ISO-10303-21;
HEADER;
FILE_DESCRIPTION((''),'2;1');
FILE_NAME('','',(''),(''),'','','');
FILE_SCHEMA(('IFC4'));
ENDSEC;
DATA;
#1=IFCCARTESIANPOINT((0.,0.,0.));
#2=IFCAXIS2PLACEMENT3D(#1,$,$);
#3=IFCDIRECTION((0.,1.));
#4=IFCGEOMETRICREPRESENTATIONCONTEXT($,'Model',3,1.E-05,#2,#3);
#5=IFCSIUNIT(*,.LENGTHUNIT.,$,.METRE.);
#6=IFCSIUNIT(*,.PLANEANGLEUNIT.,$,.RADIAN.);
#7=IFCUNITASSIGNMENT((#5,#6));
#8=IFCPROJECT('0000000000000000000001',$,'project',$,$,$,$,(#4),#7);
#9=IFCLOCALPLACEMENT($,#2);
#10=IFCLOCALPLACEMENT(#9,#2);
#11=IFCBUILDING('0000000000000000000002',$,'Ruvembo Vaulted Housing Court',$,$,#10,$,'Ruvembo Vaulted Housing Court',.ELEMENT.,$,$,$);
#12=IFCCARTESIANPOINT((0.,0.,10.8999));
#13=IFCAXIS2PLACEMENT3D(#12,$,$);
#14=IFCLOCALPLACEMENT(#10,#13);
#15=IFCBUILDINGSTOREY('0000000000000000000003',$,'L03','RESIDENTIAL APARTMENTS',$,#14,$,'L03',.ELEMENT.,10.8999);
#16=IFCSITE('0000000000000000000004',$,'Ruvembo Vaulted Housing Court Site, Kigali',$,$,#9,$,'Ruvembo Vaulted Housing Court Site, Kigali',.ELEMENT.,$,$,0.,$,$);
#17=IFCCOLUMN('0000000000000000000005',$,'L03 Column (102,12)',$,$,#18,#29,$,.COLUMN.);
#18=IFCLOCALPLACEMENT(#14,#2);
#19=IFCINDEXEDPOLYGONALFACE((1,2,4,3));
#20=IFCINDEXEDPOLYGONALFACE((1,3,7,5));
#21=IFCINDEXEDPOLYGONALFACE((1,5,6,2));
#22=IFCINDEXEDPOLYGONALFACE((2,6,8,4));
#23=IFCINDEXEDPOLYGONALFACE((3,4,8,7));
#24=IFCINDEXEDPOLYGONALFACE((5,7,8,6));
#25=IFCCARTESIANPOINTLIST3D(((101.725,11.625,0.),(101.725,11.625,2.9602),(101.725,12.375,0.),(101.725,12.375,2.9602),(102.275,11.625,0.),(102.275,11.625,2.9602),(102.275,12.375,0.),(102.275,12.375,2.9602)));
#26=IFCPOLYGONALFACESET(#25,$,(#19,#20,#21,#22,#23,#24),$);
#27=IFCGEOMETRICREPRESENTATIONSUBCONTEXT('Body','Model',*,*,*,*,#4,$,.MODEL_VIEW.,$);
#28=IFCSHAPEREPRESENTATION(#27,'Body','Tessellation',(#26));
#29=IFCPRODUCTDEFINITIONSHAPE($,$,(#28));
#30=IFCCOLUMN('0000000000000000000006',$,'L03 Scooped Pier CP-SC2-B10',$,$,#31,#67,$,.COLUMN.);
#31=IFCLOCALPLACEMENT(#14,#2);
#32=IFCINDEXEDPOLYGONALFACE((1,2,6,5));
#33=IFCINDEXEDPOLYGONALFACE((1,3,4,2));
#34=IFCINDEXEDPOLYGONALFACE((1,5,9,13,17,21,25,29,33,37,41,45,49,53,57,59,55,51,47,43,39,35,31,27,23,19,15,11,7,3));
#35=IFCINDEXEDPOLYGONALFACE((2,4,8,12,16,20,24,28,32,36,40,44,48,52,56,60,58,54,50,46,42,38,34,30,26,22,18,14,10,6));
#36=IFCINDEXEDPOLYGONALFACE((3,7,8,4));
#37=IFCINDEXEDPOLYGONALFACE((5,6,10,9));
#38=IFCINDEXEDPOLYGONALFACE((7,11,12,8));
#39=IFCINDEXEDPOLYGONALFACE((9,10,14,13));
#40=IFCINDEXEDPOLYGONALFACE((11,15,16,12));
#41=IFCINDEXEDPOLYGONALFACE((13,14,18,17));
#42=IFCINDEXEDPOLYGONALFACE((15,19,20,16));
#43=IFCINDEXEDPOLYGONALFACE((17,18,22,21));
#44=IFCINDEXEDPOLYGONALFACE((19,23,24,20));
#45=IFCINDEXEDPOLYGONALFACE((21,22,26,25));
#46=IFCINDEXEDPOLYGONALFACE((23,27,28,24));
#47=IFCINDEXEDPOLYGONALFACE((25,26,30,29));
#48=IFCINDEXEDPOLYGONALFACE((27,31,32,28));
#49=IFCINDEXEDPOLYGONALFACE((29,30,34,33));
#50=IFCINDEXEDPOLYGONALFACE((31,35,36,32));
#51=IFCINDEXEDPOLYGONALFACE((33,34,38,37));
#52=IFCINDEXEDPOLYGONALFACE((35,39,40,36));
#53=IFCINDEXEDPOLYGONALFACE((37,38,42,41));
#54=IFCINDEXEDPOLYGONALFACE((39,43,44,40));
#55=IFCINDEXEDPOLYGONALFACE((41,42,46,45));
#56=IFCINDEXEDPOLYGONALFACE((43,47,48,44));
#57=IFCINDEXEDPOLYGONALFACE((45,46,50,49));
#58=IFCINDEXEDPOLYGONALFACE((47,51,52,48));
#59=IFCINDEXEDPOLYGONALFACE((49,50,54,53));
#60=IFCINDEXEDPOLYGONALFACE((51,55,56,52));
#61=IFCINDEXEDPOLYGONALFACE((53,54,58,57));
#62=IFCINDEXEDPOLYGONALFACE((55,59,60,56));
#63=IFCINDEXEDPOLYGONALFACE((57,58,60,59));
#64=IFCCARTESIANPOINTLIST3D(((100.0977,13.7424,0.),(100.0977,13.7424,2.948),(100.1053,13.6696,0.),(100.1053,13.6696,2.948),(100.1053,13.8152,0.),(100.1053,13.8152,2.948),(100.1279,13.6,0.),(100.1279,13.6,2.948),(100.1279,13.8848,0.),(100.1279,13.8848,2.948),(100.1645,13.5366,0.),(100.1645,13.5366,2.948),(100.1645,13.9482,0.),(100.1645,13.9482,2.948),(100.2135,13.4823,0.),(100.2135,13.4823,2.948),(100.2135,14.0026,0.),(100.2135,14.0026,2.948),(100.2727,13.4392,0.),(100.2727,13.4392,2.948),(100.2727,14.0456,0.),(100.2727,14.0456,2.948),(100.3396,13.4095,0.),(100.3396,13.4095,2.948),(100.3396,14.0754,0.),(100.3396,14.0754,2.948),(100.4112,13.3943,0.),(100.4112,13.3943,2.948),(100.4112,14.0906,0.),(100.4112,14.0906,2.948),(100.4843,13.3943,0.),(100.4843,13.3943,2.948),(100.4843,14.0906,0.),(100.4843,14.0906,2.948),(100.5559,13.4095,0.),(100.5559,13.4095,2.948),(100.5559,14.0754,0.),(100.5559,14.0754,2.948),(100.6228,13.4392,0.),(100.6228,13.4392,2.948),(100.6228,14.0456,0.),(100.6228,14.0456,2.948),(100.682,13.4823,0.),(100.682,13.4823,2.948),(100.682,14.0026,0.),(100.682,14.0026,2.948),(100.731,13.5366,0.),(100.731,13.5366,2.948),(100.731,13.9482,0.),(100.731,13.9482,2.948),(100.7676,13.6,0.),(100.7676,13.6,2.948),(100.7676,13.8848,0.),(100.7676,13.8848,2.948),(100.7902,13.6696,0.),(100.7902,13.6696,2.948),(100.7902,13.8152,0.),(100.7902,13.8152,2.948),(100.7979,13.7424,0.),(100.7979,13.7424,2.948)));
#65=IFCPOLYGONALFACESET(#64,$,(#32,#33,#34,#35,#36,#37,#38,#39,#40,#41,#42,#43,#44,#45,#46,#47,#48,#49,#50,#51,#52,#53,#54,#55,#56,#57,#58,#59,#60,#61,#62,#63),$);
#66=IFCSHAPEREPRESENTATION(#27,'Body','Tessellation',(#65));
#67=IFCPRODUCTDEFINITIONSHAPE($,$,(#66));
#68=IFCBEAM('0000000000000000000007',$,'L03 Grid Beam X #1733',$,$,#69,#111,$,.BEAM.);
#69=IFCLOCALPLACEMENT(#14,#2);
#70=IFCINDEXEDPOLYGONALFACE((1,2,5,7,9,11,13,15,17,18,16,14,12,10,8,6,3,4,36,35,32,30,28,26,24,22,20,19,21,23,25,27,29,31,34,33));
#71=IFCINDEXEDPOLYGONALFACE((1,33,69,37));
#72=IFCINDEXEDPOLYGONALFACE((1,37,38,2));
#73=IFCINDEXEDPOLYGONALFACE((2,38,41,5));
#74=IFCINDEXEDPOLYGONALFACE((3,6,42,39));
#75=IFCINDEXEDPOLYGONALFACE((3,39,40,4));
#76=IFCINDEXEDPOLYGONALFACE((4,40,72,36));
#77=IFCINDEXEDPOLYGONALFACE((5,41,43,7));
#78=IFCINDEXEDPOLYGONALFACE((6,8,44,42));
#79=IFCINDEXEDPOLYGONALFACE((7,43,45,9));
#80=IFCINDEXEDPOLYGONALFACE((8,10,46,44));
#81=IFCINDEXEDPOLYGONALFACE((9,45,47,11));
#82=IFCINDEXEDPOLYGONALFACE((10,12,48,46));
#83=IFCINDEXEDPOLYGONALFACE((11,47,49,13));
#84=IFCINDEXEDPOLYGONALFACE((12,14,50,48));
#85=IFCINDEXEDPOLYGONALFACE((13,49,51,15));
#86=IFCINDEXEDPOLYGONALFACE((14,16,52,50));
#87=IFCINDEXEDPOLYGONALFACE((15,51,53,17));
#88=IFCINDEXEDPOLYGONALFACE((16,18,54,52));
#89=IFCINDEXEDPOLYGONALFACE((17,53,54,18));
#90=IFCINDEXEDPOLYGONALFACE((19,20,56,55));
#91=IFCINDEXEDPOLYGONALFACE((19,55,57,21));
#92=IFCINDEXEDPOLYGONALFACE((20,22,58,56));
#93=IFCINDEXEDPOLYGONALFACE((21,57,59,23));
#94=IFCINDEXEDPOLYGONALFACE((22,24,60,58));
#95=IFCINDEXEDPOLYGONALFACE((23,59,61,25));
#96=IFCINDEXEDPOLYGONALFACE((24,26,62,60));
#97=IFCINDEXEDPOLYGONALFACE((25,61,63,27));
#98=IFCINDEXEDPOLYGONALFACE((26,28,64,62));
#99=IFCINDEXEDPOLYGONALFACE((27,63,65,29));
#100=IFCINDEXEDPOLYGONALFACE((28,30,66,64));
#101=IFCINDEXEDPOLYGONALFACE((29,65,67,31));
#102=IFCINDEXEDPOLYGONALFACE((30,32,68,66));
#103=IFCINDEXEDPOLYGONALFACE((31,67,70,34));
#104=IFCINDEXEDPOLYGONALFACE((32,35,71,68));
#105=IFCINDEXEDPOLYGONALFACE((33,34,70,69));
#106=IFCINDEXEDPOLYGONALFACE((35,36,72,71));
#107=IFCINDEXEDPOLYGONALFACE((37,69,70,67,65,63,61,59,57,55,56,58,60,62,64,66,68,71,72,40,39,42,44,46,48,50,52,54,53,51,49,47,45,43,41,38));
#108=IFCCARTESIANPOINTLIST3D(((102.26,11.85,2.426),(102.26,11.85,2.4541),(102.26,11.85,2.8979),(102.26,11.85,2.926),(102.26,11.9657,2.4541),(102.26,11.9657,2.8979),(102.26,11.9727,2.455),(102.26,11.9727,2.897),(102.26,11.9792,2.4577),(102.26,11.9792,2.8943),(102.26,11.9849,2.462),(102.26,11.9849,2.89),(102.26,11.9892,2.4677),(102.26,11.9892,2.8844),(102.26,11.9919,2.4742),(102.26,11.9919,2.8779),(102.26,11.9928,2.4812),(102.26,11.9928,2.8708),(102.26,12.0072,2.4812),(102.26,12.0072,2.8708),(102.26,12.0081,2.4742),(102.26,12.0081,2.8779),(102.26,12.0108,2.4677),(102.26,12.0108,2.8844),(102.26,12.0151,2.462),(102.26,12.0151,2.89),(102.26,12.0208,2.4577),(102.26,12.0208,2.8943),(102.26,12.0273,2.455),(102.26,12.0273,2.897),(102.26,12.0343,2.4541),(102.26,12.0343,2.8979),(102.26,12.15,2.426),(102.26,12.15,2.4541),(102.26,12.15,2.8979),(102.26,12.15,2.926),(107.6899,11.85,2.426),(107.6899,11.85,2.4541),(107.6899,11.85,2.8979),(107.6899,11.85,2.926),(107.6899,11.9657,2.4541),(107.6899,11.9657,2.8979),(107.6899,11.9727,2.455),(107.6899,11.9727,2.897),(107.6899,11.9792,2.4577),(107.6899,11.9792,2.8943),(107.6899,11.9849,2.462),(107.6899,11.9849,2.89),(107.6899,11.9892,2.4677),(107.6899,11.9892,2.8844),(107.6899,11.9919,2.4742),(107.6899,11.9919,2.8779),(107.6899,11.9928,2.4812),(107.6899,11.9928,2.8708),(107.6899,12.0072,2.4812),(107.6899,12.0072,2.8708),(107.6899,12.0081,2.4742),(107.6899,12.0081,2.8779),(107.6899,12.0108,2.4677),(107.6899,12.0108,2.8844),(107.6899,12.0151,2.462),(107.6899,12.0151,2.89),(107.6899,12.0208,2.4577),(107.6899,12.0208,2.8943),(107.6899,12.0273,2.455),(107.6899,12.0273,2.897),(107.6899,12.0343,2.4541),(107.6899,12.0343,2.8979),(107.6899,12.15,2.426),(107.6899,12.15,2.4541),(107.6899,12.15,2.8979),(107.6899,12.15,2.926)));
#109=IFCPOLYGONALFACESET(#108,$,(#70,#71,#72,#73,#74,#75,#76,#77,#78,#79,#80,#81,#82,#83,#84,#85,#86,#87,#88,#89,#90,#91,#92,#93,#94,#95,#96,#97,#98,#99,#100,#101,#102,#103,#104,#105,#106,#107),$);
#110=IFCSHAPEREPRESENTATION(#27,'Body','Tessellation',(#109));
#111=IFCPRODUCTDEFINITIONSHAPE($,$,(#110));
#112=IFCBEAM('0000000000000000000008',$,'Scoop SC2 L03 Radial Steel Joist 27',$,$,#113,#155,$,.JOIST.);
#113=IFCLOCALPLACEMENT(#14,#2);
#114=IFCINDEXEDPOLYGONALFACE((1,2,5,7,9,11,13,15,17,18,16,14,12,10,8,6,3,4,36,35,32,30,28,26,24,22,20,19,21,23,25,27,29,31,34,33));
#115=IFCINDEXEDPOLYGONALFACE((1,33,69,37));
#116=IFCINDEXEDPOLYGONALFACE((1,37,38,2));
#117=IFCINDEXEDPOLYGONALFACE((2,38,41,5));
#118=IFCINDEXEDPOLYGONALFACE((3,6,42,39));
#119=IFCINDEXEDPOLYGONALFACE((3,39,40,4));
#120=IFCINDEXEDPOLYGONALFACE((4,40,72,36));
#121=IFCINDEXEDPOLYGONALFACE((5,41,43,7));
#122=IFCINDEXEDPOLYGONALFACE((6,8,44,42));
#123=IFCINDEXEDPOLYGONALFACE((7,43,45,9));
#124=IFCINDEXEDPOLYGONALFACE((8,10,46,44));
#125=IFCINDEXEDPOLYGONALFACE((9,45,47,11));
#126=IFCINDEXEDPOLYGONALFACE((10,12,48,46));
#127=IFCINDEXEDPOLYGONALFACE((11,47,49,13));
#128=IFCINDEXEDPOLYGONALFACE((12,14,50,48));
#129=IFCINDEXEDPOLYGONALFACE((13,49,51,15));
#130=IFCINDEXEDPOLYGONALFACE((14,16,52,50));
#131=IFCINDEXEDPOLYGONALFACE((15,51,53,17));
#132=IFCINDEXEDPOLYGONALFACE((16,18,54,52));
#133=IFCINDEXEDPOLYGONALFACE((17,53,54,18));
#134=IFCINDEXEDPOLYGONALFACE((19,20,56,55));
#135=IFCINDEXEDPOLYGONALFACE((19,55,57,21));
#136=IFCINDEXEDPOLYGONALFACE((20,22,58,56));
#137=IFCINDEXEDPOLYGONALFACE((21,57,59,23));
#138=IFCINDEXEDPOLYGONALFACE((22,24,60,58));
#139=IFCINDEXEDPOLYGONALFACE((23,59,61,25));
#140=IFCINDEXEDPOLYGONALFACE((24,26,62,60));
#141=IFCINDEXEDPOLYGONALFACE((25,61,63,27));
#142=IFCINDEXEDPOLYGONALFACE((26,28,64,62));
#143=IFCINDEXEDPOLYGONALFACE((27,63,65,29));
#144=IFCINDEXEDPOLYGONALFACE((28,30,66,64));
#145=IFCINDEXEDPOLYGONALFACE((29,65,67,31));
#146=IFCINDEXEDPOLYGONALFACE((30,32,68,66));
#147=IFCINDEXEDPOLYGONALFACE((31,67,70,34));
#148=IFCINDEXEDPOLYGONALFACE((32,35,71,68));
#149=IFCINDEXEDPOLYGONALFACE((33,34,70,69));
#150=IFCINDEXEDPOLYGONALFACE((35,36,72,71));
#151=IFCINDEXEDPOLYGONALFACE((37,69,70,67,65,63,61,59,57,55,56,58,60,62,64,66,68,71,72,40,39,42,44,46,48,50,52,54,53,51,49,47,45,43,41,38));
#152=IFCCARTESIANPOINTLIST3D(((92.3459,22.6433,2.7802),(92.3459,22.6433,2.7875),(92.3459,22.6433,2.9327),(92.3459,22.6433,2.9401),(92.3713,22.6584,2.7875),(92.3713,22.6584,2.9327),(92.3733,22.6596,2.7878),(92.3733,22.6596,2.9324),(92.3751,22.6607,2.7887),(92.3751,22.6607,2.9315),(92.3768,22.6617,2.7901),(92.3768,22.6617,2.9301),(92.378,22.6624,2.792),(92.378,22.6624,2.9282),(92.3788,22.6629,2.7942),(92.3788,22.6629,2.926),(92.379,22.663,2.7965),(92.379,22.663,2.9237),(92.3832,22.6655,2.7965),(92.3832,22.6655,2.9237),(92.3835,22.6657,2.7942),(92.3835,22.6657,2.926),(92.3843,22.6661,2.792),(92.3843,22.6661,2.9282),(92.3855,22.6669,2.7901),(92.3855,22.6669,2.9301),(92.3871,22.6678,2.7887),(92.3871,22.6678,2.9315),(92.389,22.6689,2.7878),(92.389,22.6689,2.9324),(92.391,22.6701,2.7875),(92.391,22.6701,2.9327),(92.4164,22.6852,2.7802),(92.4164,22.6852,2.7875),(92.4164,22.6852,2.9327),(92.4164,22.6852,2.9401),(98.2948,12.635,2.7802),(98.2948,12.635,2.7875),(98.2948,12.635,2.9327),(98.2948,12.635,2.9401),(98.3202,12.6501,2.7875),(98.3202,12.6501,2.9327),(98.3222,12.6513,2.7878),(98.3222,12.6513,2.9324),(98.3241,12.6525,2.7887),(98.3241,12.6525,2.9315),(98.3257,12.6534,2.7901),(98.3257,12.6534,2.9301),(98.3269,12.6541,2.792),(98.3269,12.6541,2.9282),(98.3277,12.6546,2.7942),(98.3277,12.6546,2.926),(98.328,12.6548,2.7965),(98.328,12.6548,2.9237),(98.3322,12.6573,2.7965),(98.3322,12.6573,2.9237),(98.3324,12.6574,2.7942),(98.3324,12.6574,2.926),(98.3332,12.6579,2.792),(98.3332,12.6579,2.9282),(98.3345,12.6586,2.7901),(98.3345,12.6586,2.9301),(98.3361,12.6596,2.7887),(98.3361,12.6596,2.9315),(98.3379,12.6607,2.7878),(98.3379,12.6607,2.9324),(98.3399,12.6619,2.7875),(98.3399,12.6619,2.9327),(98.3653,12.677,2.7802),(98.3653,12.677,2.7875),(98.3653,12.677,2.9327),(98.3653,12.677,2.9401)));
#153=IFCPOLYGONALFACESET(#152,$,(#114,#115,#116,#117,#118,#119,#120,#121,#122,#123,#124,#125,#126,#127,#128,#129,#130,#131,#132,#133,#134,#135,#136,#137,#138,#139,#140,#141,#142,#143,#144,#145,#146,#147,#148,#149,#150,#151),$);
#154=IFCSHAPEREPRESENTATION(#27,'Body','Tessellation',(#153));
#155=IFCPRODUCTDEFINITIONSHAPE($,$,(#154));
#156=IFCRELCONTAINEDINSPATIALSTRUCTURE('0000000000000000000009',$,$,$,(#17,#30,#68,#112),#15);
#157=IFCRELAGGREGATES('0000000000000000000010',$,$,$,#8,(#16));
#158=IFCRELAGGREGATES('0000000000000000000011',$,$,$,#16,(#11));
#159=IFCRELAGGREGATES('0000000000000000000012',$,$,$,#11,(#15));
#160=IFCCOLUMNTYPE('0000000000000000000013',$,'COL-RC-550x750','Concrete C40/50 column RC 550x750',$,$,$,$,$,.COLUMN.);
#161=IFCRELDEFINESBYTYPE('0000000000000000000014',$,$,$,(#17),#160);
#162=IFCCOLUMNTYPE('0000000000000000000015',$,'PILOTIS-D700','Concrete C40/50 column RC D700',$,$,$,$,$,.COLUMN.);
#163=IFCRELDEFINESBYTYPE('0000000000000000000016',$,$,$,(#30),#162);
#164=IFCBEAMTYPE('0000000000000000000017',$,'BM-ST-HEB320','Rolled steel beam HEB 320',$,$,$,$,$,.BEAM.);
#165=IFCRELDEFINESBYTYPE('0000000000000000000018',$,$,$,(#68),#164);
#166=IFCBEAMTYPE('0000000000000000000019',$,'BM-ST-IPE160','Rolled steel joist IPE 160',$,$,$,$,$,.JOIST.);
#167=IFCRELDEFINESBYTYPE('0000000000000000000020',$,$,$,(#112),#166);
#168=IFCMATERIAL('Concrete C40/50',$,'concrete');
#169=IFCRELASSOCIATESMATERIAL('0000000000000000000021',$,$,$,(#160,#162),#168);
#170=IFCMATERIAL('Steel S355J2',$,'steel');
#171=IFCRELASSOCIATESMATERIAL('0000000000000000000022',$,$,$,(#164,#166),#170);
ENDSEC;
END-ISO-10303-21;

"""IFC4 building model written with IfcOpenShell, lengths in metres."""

from ifc_helpers import new_model, si_unit, direction, frame, origin, origin_2d, place, context, subcontext, project, spatial, rectangle, circle, i_section, extrude, material, material_profile, profile_set, type_object, element, save


model = new_model("IFC4")

# Units and contexts
model_context = context("Model", 3, precision=1e-05, world=origin(), true_north=direction((0.0, 1.0)))
body_context = subcontext(model_context, "Body", "Model", "MODEL_VIEW")
ifc_project = project(units=[si_unit("LENGTHUNIT", "METRE"), si_unit("PLANEANGLEUNIT", "RADIAN")], contexts=[model_context])

# Site, building, storey
site_placement = place(None, origin())
site = spatial("IfcSite", under=ifc_project, at=site_placement, Name="Ruvembo Vaulted Housing Court Site, Kigali", LongName="Ruvembo Vaulted Housing Court Site, Kigali", CompositionType="ELEMENT", RefElevation=0.0)
building_placement = place(site_placement, origin())
building = spatial("IfcBuilding", under=site, at=building_placement, Name="Ruvembo Vaulted Housing Court", LongName="Ruvembo Vaulted Housing Court", CompositionType="ELEMENT")
storey_placement = place(building_placement, frame((0.0, 0.0, 10.8999)))
storey = spatial("IfcBuildingStorey", under=building, at=storey_placement, Name="L03", Description="RESIDENTIAL APARTMENTS", LongName="L03", CompositionType="ELEMENT", Elevation=10.8999)

# Columns
ifc_material_1 = material(Name="Concrete C40/50", Category="concrete")
ifc_material_profile_1 = material_profile(ifc_material_1, rectangle(XDim=0.55, YDim=0.75, at=origin_2d()), Name="RC 550x750")
ifc_profile_set_1 = profile_set([ifc_material_profile_1], Name="Concrete C40/50")
column_type_1 = type_object("IfcColumnType", Name="COL-RC-550x750", Description="Concrete C40/50 column RC 550x750", PredefinedType="COLUMN", material=ifc_profile_set_1)
column_1_placement = place(storey_placement, frame((102.0, 12.0, 0.0), z_axis=(0.0, 0.0, 1.0), x_axis=(1.0, 0.0, 0.0)))
element("IfcColumn", 1, at=column_1_placement, inside=storey, type_object=column_type_1, Name="L03 Column (102,12)", PredefinedType="COLUMN", context=body_context, shape_type="SweptSolid", body=[
    extrude(rectangle(XDim=0.55, YDim=0.75, at=origin_2d()), origin(), (0.0, 0.0, 1.0), 2.9602),
])
ifc_material_profile_2 = material_profile(ifc_material_1, circle(Radius=0.3501, at=origin_2d()), Name="RC D700")
ifc_profile_set_2 = profile_set([ifc_material_profile_2], Name="Concrete C40/50")
column_type_2 = type_object("IfcColumnType", Name="PILOTIS-D700", Description="Concrete C40/50 column RC D700", PredefinedType="COLUMN", material=ifc_profile_set_2)
column_2_placement = place(storey_placement, frame((100.4478, 13.7424, 0.0), z_axis=(0.0, 0.0, 1.0), x_axis=(1.0, 0.0, 0.0)))
element("IfcColumn", 2, at=column_2_placement, inside=storey, type_object=column_type_2, Name="L03 Scooped Pier CP-SC2-B10", PredefinedType="COLUMN", context=body_context, shape_type="SweptSolid", body=[
    extrude(circle(Radius=0.3501, at=origin_2d()), origin(), (0.0, 0.0, 1.0), 2.948),
])

# Beams
ifc_material_2 = material(Name="Steel S355J2", Category="steel")
ifc_material_profile_3 = material_profile(ifc_material_2, i_section(OverallWidth=0.3, OverallDepth=0.5, WebThickness=0.0144, FlangeThickness=0.0281, FilletRadius=0.0271, at=origin_2d()), Name="HEB 320")
ifc_profile_set_3 = profile_set([ifc_material_profile_3], Name="Steel S355J2")
beam_type_1 = type_object("IfcBeamType", Name="BM-ST-HEB320", Description="Rolled steel beam HEB 320", PredefinedType="BEAM", material=ifc_profile_set_3)
beam_1_placement = place(storey_placement, frame((102.26, 12.0, 2.676), z_axis=(1.0, 0.0, 0.0), x_axis=(0.0, 1.0, 0.0)))
element("IfcBeam", 3, at=beam_1_placement, inside=storey, type_object=beam_type_1, Name="L03 Grid Beam X #1733", PredefinedType="BEAM", context=body_context, shape_type="SweptSolid", body=[
    extrude(i_section(OverallWidth=0.3, OverallDepth=0.5, WebThickness=0.0144, FlangeThickness=0.0281, FilletRadius=0.0271, at=origin_2d()), origin(), (0.0, 0.0, 1.0), 5.4299),
])
ifc_material_profile_4 = material_profile(ifc_material_2, i_section(OverallWidth=0.082, OverallDepth=0.1599, WebThickness=0.0049, FlangeThickness=0.0073, FilletRadius=0.009, at=origin_2d()), Name="IPE 160")
ifc_profile_set_4 = profile_set([ifc_material_profile_4], Name="Steel S355J2")
beam_type_2 = type_object("IfcBeamType", Name="BM-ST-IPE160", Description="Rolled steel joist IPE 160", PredefinedType="JOIST", material=ifc_profile_set_4)
beam_2_placement = place(storey_placement, frame((98.3301, 12.656, 2.8601), z_axis=(-0.510954, 0.859608, 0.0), x_axis=(-0.859608, -0.510954, 0.0)))
element("IfcBeam", 4, at=beam_2_placement, inside=storey, type_object=beam_type_2, Name="Scoop SC2 L03 Radial Steel Joist 27", PredefinedType="JOIST", context=body_context, shape_type="SweptSolid", body=[
    extrude(i_section(OverallWidth=0.082, OverallDepth=0.1599, WebThickness=0.0049, FlangeThickness=0.0073, FilletRadius=0.009, at=origin_2d()), origin(), (0.0, 0.0, 1.0), 11.6428),
])

save(model, "model.ifc")
